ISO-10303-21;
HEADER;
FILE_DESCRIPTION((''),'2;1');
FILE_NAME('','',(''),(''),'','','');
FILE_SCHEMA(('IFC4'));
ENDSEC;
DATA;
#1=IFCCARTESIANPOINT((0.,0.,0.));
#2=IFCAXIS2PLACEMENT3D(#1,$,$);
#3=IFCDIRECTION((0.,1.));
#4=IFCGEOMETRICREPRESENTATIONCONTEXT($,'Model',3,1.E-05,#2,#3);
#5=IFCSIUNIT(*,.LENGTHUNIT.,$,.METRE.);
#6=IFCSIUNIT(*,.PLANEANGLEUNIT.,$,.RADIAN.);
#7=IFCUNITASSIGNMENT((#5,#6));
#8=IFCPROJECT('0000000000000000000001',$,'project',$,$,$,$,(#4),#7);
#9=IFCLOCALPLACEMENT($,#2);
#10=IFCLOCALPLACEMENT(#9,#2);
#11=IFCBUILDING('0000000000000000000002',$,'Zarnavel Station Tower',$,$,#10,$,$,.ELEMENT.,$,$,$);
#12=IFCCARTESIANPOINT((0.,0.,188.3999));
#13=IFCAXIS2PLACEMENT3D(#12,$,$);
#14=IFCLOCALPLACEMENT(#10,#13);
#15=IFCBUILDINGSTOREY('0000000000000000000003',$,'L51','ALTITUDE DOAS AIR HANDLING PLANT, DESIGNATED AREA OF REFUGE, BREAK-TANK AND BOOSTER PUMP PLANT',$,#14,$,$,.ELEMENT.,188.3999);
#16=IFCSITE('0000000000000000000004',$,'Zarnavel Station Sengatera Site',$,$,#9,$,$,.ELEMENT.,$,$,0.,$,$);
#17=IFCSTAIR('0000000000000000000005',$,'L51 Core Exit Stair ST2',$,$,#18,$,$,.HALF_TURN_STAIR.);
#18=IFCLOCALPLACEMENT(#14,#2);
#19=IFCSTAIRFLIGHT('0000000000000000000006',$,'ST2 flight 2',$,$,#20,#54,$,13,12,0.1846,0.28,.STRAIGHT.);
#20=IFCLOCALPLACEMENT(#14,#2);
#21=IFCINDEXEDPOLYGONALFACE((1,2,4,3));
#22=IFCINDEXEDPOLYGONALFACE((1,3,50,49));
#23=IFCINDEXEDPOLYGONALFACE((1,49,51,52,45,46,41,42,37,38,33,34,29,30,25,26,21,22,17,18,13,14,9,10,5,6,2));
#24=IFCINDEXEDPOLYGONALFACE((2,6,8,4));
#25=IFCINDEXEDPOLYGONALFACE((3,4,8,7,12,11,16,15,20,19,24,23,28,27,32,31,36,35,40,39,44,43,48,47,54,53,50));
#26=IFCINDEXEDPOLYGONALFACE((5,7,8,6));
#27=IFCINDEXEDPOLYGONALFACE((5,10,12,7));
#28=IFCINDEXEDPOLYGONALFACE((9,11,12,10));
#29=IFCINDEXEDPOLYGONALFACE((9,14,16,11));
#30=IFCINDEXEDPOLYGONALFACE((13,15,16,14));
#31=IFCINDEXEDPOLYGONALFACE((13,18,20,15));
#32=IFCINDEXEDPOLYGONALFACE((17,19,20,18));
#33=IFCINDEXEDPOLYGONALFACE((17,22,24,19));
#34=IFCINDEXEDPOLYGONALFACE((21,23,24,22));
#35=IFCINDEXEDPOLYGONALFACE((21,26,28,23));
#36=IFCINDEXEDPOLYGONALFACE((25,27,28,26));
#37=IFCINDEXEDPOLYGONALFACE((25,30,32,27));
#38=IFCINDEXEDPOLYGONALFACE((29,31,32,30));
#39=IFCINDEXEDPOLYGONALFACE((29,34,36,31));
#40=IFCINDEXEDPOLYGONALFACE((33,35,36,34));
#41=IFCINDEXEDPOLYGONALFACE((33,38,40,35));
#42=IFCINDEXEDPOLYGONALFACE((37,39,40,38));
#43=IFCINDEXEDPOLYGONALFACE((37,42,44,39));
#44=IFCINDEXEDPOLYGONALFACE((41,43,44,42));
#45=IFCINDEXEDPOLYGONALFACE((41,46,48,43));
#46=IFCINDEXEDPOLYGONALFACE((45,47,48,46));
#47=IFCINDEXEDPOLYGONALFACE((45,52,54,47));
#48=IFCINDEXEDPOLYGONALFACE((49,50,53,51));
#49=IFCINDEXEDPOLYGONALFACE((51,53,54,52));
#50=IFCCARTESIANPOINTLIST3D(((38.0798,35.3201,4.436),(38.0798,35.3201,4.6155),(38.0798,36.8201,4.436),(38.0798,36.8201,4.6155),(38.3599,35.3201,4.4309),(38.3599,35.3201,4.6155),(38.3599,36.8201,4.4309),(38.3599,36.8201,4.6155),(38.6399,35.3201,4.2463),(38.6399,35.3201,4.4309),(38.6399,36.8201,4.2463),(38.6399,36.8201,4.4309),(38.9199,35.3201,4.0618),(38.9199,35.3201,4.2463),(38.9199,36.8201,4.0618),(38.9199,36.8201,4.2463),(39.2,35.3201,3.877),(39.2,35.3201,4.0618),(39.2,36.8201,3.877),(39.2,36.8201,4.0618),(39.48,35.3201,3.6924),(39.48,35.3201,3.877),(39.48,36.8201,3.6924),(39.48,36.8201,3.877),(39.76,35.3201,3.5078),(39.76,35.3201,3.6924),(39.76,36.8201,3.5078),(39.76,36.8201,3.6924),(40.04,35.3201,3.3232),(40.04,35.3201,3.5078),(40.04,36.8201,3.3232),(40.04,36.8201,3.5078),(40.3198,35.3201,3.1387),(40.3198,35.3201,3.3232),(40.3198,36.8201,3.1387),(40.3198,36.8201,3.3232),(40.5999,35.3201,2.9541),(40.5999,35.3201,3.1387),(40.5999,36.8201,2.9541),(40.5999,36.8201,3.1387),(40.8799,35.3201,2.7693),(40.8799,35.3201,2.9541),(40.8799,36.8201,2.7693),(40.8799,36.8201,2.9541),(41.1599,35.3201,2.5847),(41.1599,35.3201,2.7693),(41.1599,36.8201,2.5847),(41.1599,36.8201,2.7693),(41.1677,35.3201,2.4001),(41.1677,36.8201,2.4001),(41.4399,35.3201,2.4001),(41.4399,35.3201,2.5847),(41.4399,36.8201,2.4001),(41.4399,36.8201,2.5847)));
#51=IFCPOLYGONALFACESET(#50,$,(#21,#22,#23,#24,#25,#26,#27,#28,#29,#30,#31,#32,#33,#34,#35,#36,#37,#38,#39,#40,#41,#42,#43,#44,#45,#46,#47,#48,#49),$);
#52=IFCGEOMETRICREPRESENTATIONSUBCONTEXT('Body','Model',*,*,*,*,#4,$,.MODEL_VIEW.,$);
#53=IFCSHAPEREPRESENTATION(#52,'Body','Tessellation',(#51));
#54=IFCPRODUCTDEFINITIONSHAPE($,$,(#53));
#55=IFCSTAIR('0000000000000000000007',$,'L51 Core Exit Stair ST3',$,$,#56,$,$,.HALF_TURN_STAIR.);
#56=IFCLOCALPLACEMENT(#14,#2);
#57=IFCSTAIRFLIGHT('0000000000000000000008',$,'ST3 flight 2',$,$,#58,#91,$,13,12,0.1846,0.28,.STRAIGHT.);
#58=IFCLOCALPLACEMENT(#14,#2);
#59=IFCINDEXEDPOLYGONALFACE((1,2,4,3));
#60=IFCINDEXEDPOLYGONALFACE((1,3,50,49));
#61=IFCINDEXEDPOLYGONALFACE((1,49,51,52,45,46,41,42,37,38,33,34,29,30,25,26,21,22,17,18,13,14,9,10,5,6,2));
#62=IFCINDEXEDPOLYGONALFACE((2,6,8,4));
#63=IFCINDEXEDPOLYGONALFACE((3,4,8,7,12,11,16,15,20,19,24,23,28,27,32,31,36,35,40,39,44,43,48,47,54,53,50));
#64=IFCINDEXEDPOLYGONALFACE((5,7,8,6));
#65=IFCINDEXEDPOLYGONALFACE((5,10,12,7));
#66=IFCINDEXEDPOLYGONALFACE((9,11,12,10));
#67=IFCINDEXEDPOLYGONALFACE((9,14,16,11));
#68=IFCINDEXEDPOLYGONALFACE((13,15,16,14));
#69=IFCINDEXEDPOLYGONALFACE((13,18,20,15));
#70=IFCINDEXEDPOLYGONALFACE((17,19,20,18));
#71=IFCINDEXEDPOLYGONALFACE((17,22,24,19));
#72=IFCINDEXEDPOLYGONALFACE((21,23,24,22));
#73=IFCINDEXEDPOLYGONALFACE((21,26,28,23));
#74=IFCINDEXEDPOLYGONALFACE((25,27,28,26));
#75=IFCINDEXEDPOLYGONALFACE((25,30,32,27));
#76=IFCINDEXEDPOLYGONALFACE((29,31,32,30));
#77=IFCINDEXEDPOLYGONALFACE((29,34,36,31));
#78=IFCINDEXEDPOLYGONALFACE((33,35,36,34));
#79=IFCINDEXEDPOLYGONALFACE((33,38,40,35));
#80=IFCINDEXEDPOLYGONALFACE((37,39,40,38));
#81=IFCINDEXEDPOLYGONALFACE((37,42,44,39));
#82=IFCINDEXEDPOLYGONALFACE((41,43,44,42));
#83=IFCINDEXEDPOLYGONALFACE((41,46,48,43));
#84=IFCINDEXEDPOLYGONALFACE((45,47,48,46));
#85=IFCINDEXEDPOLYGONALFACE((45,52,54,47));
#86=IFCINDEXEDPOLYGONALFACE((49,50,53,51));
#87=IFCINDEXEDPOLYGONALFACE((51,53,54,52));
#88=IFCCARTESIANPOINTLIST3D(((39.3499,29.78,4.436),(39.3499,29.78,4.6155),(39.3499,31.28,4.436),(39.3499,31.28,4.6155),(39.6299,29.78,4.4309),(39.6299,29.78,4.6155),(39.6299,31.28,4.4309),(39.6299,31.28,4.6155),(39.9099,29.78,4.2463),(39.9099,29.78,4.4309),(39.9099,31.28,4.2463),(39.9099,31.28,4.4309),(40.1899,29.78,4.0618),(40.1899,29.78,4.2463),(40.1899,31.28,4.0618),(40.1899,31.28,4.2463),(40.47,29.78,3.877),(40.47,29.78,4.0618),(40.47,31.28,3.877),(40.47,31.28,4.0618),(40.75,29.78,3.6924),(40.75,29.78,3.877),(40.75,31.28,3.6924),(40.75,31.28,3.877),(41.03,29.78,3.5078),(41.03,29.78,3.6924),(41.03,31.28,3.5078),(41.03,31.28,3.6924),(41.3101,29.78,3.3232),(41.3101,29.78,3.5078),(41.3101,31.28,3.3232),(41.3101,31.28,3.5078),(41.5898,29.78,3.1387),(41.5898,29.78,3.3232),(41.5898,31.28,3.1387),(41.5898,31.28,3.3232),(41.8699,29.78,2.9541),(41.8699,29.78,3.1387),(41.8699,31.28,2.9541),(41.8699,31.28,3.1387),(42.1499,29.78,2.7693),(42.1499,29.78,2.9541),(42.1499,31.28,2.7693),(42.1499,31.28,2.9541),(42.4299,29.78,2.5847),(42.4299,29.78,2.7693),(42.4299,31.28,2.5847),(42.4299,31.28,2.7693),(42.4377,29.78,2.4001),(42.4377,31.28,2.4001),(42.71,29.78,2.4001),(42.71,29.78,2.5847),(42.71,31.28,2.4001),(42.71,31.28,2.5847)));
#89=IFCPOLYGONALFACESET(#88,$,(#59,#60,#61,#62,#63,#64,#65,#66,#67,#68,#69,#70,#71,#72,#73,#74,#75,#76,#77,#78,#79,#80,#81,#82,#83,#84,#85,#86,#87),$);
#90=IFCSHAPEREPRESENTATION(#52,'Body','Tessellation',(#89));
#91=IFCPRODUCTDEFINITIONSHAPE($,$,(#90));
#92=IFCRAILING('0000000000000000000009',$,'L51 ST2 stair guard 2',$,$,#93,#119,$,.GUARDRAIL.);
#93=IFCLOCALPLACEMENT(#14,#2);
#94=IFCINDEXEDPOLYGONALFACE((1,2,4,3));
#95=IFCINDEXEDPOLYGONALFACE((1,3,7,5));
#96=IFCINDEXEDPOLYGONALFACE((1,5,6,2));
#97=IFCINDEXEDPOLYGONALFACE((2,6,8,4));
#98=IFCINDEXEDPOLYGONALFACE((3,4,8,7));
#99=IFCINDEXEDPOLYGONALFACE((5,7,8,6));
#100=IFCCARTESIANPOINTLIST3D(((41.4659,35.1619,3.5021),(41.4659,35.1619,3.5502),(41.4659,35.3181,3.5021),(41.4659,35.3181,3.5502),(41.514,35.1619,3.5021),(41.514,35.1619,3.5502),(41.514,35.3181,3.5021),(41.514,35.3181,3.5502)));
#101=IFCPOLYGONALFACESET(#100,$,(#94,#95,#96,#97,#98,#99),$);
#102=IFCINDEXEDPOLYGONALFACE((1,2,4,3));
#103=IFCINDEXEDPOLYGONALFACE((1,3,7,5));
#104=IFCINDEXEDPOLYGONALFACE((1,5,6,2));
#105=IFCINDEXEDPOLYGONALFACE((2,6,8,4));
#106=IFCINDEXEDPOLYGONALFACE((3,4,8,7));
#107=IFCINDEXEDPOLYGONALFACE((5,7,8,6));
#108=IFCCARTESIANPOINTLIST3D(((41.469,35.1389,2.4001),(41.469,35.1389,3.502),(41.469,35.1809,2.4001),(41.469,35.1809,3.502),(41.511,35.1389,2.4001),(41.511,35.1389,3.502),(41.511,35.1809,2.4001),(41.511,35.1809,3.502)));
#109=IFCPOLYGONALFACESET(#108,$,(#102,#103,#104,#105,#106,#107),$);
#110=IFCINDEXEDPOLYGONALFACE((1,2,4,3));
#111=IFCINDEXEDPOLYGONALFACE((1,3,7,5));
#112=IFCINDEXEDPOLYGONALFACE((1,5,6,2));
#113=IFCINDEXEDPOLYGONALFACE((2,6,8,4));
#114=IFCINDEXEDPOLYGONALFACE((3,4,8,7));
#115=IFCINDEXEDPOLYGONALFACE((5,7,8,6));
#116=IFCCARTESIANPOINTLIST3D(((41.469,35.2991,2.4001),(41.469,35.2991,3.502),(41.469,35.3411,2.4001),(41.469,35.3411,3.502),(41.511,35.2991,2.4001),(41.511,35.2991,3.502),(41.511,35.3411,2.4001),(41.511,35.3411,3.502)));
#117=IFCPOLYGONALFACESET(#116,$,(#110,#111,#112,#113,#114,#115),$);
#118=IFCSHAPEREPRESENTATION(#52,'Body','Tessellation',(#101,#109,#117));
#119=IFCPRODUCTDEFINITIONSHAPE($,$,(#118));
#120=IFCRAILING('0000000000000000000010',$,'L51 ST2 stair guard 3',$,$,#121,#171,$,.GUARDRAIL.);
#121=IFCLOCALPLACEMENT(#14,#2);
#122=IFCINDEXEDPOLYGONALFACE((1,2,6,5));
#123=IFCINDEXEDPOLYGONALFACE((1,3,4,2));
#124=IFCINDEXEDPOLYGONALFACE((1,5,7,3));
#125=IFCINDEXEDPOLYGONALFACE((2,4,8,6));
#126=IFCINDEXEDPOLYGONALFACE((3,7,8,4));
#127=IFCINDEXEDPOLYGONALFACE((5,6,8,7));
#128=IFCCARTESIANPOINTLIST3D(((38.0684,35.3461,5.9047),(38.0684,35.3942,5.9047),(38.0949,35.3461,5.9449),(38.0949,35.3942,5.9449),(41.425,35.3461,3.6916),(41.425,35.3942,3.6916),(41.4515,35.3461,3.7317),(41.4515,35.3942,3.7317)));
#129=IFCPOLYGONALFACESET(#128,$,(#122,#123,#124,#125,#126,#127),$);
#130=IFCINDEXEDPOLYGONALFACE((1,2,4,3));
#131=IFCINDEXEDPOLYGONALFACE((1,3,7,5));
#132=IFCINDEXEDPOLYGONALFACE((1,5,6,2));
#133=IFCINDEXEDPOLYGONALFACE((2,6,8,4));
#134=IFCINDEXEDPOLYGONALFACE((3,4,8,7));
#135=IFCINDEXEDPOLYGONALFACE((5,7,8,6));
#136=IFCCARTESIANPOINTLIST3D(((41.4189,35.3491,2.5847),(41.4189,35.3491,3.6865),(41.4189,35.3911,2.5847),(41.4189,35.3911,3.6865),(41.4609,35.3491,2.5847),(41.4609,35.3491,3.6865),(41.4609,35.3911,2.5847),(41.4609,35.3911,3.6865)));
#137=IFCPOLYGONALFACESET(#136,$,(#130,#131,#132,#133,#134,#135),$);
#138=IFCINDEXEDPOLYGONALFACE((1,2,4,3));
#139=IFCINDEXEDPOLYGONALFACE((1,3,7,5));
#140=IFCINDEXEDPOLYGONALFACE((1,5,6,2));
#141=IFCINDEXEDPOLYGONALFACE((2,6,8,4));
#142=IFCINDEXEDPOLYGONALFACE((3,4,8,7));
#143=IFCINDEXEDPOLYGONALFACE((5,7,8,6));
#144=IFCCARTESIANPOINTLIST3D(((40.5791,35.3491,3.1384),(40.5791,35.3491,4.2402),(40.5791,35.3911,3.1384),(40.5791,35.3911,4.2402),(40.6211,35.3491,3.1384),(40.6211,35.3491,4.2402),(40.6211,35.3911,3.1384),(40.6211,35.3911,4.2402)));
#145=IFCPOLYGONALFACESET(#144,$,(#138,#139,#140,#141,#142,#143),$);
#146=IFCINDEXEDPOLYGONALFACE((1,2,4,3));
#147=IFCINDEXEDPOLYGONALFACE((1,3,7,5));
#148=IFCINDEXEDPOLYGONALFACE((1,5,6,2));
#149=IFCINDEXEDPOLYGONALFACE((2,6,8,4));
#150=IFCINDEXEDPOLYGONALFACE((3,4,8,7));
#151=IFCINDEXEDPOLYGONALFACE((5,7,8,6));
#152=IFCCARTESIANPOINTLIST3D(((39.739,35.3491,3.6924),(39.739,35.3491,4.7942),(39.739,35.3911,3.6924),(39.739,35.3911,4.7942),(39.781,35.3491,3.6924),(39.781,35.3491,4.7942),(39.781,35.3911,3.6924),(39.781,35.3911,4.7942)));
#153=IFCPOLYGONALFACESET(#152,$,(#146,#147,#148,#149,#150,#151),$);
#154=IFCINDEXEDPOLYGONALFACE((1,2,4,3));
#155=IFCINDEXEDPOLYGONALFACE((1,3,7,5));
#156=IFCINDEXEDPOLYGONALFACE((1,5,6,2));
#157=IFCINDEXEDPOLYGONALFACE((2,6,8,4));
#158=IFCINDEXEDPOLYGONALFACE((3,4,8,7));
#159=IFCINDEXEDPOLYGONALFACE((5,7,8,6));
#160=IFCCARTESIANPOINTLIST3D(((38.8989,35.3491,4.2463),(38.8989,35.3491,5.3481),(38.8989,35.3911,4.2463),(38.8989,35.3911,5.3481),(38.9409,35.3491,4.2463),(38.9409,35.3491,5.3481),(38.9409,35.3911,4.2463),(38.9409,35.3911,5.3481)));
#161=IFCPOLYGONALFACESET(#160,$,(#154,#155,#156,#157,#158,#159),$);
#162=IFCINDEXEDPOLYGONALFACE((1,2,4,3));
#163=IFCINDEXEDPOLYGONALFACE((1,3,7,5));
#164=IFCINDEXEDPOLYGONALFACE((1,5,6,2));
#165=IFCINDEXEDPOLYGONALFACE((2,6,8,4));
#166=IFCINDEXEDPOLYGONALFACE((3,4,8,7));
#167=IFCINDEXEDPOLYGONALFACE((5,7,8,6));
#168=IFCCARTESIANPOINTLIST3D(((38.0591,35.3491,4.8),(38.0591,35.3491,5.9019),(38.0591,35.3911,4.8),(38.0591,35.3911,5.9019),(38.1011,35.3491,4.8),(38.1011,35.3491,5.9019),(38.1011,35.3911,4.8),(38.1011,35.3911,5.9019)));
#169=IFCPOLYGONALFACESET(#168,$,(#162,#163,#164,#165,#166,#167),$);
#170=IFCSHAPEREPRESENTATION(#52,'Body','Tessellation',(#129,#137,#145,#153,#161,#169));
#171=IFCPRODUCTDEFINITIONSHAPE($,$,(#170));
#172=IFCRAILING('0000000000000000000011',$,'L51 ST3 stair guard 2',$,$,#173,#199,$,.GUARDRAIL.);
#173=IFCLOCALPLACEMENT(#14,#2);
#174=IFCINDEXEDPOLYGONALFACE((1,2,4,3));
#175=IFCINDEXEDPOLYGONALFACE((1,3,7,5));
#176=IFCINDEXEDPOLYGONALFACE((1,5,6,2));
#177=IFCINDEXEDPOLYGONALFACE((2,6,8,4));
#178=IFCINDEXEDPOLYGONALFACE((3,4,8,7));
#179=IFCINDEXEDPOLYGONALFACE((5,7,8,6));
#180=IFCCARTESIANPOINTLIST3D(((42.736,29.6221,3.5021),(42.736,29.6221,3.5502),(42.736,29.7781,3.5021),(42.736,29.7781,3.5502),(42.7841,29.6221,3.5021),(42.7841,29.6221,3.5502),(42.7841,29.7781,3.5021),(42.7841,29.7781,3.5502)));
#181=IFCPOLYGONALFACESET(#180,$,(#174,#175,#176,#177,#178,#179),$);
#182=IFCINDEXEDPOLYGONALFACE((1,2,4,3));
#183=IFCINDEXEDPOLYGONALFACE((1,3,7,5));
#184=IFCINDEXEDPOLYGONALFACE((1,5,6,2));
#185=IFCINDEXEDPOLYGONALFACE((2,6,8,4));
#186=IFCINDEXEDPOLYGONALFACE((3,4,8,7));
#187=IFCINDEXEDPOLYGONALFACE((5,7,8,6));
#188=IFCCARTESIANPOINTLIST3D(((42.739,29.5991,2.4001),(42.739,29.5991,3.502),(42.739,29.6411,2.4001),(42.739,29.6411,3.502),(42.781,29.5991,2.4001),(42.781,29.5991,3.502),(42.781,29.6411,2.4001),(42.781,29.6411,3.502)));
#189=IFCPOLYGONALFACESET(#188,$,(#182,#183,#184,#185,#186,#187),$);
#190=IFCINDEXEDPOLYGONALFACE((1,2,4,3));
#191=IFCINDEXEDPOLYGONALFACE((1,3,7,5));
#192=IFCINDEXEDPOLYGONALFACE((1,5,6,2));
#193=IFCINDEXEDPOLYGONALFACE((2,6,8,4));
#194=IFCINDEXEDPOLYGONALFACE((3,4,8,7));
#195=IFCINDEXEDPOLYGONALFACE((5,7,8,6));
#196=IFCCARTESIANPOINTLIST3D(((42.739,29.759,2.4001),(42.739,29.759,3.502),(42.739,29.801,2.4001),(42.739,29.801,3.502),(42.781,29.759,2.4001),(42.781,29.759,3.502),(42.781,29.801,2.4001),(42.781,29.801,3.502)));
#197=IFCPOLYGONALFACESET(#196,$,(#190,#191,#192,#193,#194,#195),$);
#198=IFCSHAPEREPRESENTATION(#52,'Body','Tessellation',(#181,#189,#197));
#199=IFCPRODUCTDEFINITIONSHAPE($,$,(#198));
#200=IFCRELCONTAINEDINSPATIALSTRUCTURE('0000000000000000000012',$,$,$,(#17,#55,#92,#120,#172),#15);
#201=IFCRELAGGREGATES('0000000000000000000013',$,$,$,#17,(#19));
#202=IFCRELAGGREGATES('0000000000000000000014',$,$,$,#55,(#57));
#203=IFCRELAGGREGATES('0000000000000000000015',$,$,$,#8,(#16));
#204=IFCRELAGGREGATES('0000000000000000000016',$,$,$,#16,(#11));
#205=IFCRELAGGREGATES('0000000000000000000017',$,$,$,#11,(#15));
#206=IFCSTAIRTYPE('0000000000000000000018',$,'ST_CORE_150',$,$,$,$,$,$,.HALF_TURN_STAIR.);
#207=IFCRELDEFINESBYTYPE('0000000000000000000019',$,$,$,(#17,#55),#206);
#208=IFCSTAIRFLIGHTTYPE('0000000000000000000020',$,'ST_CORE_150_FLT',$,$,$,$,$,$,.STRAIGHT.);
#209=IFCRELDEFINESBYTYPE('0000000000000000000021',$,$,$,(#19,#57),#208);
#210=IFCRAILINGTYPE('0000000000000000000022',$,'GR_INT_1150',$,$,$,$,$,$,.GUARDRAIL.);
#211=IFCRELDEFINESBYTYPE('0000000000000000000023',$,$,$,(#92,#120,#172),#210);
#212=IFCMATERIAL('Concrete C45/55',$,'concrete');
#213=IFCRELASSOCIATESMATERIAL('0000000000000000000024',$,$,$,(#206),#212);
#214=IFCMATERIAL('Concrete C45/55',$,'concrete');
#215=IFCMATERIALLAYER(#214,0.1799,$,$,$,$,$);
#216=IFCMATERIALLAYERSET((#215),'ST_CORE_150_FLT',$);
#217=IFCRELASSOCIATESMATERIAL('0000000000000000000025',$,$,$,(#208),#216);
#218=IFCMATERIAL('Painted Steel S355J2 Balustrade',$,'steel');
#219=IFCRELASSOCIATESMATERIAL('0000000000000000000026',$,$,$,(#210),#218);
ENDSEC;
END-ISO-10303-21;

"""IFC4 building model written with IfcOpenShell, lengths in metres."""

from ifc_helpers import new_model, si_unit, direction, frame, origin, origin_2d, place, context, subcontext, project, spatial, polyline, rectangle, outline, extrude, material, layer, layer_set, type_object, element, aggregate, save


model = new_model("IFC4")

# Units and contexts
model_context = context("Model", 3, precision=1e-05, world=origin(), true_north=direction((0.0, 1.0)))
body_context = subcontext(model_context, "Body", "Model", "MODEL_VIEW")
ifc_project = project(units=[si_unit("LENGTHUNIT", "METRE"), si_unit("PLANEANGLEUNIT", "RADIAN")], contexts=[model_context])

# Site, building, storey
site_placement = place(None, origin())
site = spatial("IfcSite", under=ifc_project, at=site_placement, Name="Zarnavel Station Sengatera Site", CompositionType="ELEMENT", RefElevation=0.0)
building_placement = place(site_placement, origin())
building = spatial("IfcBuilding", under=site, at=building_placement, Name="Zarnavel Station Tower", CompositionType="ELEMENT")
storey_placement = place(building_placement, frame((0.0, 0.0, 188.3999)))
storey = spatial("IfcBuildingStorey", under=building, at=storey_placement, Name="L51", Description="ALTITUDE DOAS AIR HANDLING PLANT, DESIGNATED AREA OF REFUGE, BREAK-TANK AND BOOSTER PUMP PLANT", CompositionType="ELEMENT", Elevation=188.3999)

# Stairs, stair flights
ifc_material_1 = material(Name="Concrete C45/55", Category="concrete")
stair_type = type_object("IfcStairType", Name="ST_CORE_150", PredefinedType="HALF_TURN_STAIR", material=ifc_material_1)
stair_1_placement = place(storey_placement, origin())
stair_1 = element("IfcStair", 1, at=stair_1_placement, inside=storey, type_object=stair_type, Name="L51 Core Exit Stair ST2", PredefinedType="HALF_TURN_STAIR")
ifc_material_2 = material(Name="Concrete C45/55", Category="concrete")
ifc_layer_1 = layer(ifc_material_2, 0.1799)
ifc_layer_set_1 = layer_set([ifc_layer_1], Name="ST_CORE_150_FLT")
stair_flight_type = type_object("IfcStairFlightType", Name="ST_CORE_150_FLT", PredefinedType="STRAIGHT", material=ifc_layer_set_1)
stair_flight_1_placement = place(storey_placement, frame((41.4399, 36.0701, 2.4001), z_axis=(0.0, 0.0, 1.0), x_axis=(-1.0, 0.0, 0.0)))
stair_flight_1 = element("IfcStairFlight", 2, at=stair_flight_1_placement, type_object=stair_flight_type, Name="ST2 flight 2", NumberOfRisers=13, NumberOfTreads=12, PredefinedType="STRAIGHT", RiserHeight=0.1846, TreadLength=0.28, context=body_context, shape_type="SweptSolid", body=[
    extrude(outline(polyline([(0.0, 0.0), (0.0, 0.1846), (0.28, 0.1846), (0.28, 0.3691), (0.5601, 0.3691), (0.5601, 0.554), (0.8401, 0.554), (0.8401, 0.7385), (1.1201, 0.7385), (1.1201, 0.9231), (1.3999, 0.9231), (1.3999, 1.1077), (1.6799, 1.1077), (1.6799, 1.2922), (1.96, 1.2922), (1.96, 1.4768), (2.24, 1.4768), (2.24, 1.6616), (2.52, 1.6616), (2.52, 1.8462), (2.8, 1.8462), (2.8, 2.0308), (3.0801, 2.0308), (3.0801, 2.2153), (3.3601, 2.2153), (3.3601, 2.3999), (3.3601, 2.0359), (0.2722, 0.0), (0.0, 0.0)])), frame((0.0, 0.75, 0.0), z_axis=(0.0, -1.0, 0.0), x_axis=(1.0, 0.0, 0.0)), (0.0, 0.0, 1.0), 1.5),
])
aggregate(stair_1, [stair_flight_1])
stair_2_placement = place(storey_placement, origin())
stair_2 = element("IfcStair", 3, at=stair_2_placement, inside=storey, type_object=stair_type, Name="L51 Core Exit Stair ST3", PredefinedType="HALF_TURN_STAIR")
stair_flight_2_placement = place(storey_placement, frame((42.71, 30.53, 2.4001), z_axis=(0.0, 0.0, 1.0), x_axis=(-1.0, 0.0, 0.0)))
stair_flight_2 = element("IfcStairFlight", 4, at=stair_flight_2_placement, type_object=stair_flight_type, Name="ST3 flight 2", NumberOfRisers=13, NumberOfTreads=12, PredefinedType="STRAIGHT", RiserHeight=0.1846, TreadLength=0.28, context=body_context, shape_type="SweptSolid", body=[
    extrude(outline(polyline([(0.0, 0.0), (0.0, 0.1846), (0.28, 0.1846), (0.28, 0.3691), (0.5601, 0.3691), (0.5601, 0.554), (0.8401, 0.554), (0.8401, 0.7385), (1.1201, 0.7385), (1.1201, 0.9231), (1.3999, 0.9231), (1.3999, 1.1077), (1.6799, 1.1077), (1.6799, 1.2922), (1.96, 1.2922), (1.96, 1.4768), (2.24, 1.4768), (2.24, 1.6616), (2.52, 1.6616), (2.52, 1.8462), (2.8, 1.8462), (2.8, 2.0308), (3.0801, 2.0308), (3.0801, 2.2153), (3.3601, 2.2153), (3.3601, 2.3999), (3.3601, 2.0359), (0.2722, 0.0), (0.0, 0.0)])), frame((0.0, 0.75, 0.0), z_axis=(0.0, -1.0, 0.0), x_axis=(1.0, 0.0, 0.0)), (0.0, 0.0, 1.0), 1.5),
])
aggregate(stair_2, [stair_flight_2])

# Railings
ifc_material_3 = material(Name="Painted Steel S355J2 Balustrade", Category="steel")
railing_type_1 = type_object("IfcRailingType", Name="GR_INT_1150", PredefinedType="GUARDRAIL", material=ifc_material_3)
railing_1_placement = place(storey_placement, frame((41.49, 35.1599, 2.4001)))
element("IfcRailing", 5, at=railing_1_placement, inside=storey, type_object=railing_type_1, Name="L51 ST2 stair guard 2", PredefinedType="GUARDRAIL", context=body_context, shape_type="SweptSolid", body=[
    extrude(rectangle(XDim=0.0481, YDim=0.0481, at=origin_2d()), frame((0.0, 0.002, 1.126), z_axis=(0.0, 1.0, 0.0), x_axis=(-1.0, 0.0, 0.0)), (0.0, 0.0, 1.0), 0.1562),
    extrude(rectangle(XDim=0.042, YDim=0.042, at=origin_2d()), origin(), (0.0, 0.0, 1.0), 1.1018),
    extrude(rectangle(XDim=0.042, YDim=0.042, at=origin_2d()), frame((0.0, 0.1602, 0.0)), (0.0, 0.0, 1.0), 1.1018),
])
railing_2_placement = place(storey_placement, frame((41.4399, 35.3701, 2.5847)))
element("IfcRailing", 6, at=railing_2_placement, inside=storey, type_object=railing_type_1, Name="L51 ST2 stair guard 3", PredefinedType="GUARDRAIL", context=body_context, shape_type="SweptSolid", body=[
    extrude(rectangle(XDim=0.0481, YDim=0.0481, at=origin_2d()), frame((-0.0017, 0.0, 1.127), z_axis=(-0.834858, 0.0, 0.550465), x_axis=(0.0, -1.0, 0.0)), (0.0, 0.0, 1.0), 4.0205),
    extrude(rectangle(XDim=0.042, YDim=0.042, at=origin_2d()), origin(), (0.0, 0.0, 1.0), 1.1018),
    extrude(rectangle(XDim=0.042, YDim=0.042, at=origin_2d()), frame((-0.8398, 0.0, 0.5537)), (0.0, 0.0, 1.0), 1.1018),
    extrude(rectangle(XDim=0.042, YDim=0.042, at=origin_2d()), frame((-1.6799, 0.0, 1.1077)), (0.0, 0.0, 1.0), 1.1018),
    extrude(rectangle(XDim=0.042, YDim=0.042, at=origin_2d()), frame((-2.52, 0.0, 1.6616)), (0.0, 0.0, 1.0), 1.1018),
    extrude(rectangle(XDim=0.042, YDim=0.042, at=origin_2d()), frame((-3.3599, 0.0, 2.2153)), (0.0, 0.0, 1.0), 1.1018),
])
railing_3_placement = place(storey_placement, frame((42.76, 29.6201, 2.4001)))
element("IfcRailing", 7, at=railing_3_placement, inside=storey, type_object=railing_type_1, Name="L51 ST3 stair guard 2", PredefinedType="GUARDRAIL", context=body_context, shape_type="SweptSolid", body=[
    extrude(rectangle(XDim=0.0481, YDim=0.0481, at=origin_2d()), frame((0.0, 0.002, 1.126), z_axis=(0.0, 1.0, 0.0), x_axis=(-1.0, 0.0, 0.0)), (0.0, 0.0, 1.0), 0.156),
    extrude(rectangle(XDim=0.042, YDim=0.042, at=origin_2d()), origin(), (0.0, 0.0, 1.0), 1.1018),
    extrude(rectangle(XDim=0.042, YDim=0.042, at=origin_2d()), frame((0.0, 0.1599, 0.0)), (0.0, 0.0, 1.0), 1.1018),
])

save(model, "model.ifc")
